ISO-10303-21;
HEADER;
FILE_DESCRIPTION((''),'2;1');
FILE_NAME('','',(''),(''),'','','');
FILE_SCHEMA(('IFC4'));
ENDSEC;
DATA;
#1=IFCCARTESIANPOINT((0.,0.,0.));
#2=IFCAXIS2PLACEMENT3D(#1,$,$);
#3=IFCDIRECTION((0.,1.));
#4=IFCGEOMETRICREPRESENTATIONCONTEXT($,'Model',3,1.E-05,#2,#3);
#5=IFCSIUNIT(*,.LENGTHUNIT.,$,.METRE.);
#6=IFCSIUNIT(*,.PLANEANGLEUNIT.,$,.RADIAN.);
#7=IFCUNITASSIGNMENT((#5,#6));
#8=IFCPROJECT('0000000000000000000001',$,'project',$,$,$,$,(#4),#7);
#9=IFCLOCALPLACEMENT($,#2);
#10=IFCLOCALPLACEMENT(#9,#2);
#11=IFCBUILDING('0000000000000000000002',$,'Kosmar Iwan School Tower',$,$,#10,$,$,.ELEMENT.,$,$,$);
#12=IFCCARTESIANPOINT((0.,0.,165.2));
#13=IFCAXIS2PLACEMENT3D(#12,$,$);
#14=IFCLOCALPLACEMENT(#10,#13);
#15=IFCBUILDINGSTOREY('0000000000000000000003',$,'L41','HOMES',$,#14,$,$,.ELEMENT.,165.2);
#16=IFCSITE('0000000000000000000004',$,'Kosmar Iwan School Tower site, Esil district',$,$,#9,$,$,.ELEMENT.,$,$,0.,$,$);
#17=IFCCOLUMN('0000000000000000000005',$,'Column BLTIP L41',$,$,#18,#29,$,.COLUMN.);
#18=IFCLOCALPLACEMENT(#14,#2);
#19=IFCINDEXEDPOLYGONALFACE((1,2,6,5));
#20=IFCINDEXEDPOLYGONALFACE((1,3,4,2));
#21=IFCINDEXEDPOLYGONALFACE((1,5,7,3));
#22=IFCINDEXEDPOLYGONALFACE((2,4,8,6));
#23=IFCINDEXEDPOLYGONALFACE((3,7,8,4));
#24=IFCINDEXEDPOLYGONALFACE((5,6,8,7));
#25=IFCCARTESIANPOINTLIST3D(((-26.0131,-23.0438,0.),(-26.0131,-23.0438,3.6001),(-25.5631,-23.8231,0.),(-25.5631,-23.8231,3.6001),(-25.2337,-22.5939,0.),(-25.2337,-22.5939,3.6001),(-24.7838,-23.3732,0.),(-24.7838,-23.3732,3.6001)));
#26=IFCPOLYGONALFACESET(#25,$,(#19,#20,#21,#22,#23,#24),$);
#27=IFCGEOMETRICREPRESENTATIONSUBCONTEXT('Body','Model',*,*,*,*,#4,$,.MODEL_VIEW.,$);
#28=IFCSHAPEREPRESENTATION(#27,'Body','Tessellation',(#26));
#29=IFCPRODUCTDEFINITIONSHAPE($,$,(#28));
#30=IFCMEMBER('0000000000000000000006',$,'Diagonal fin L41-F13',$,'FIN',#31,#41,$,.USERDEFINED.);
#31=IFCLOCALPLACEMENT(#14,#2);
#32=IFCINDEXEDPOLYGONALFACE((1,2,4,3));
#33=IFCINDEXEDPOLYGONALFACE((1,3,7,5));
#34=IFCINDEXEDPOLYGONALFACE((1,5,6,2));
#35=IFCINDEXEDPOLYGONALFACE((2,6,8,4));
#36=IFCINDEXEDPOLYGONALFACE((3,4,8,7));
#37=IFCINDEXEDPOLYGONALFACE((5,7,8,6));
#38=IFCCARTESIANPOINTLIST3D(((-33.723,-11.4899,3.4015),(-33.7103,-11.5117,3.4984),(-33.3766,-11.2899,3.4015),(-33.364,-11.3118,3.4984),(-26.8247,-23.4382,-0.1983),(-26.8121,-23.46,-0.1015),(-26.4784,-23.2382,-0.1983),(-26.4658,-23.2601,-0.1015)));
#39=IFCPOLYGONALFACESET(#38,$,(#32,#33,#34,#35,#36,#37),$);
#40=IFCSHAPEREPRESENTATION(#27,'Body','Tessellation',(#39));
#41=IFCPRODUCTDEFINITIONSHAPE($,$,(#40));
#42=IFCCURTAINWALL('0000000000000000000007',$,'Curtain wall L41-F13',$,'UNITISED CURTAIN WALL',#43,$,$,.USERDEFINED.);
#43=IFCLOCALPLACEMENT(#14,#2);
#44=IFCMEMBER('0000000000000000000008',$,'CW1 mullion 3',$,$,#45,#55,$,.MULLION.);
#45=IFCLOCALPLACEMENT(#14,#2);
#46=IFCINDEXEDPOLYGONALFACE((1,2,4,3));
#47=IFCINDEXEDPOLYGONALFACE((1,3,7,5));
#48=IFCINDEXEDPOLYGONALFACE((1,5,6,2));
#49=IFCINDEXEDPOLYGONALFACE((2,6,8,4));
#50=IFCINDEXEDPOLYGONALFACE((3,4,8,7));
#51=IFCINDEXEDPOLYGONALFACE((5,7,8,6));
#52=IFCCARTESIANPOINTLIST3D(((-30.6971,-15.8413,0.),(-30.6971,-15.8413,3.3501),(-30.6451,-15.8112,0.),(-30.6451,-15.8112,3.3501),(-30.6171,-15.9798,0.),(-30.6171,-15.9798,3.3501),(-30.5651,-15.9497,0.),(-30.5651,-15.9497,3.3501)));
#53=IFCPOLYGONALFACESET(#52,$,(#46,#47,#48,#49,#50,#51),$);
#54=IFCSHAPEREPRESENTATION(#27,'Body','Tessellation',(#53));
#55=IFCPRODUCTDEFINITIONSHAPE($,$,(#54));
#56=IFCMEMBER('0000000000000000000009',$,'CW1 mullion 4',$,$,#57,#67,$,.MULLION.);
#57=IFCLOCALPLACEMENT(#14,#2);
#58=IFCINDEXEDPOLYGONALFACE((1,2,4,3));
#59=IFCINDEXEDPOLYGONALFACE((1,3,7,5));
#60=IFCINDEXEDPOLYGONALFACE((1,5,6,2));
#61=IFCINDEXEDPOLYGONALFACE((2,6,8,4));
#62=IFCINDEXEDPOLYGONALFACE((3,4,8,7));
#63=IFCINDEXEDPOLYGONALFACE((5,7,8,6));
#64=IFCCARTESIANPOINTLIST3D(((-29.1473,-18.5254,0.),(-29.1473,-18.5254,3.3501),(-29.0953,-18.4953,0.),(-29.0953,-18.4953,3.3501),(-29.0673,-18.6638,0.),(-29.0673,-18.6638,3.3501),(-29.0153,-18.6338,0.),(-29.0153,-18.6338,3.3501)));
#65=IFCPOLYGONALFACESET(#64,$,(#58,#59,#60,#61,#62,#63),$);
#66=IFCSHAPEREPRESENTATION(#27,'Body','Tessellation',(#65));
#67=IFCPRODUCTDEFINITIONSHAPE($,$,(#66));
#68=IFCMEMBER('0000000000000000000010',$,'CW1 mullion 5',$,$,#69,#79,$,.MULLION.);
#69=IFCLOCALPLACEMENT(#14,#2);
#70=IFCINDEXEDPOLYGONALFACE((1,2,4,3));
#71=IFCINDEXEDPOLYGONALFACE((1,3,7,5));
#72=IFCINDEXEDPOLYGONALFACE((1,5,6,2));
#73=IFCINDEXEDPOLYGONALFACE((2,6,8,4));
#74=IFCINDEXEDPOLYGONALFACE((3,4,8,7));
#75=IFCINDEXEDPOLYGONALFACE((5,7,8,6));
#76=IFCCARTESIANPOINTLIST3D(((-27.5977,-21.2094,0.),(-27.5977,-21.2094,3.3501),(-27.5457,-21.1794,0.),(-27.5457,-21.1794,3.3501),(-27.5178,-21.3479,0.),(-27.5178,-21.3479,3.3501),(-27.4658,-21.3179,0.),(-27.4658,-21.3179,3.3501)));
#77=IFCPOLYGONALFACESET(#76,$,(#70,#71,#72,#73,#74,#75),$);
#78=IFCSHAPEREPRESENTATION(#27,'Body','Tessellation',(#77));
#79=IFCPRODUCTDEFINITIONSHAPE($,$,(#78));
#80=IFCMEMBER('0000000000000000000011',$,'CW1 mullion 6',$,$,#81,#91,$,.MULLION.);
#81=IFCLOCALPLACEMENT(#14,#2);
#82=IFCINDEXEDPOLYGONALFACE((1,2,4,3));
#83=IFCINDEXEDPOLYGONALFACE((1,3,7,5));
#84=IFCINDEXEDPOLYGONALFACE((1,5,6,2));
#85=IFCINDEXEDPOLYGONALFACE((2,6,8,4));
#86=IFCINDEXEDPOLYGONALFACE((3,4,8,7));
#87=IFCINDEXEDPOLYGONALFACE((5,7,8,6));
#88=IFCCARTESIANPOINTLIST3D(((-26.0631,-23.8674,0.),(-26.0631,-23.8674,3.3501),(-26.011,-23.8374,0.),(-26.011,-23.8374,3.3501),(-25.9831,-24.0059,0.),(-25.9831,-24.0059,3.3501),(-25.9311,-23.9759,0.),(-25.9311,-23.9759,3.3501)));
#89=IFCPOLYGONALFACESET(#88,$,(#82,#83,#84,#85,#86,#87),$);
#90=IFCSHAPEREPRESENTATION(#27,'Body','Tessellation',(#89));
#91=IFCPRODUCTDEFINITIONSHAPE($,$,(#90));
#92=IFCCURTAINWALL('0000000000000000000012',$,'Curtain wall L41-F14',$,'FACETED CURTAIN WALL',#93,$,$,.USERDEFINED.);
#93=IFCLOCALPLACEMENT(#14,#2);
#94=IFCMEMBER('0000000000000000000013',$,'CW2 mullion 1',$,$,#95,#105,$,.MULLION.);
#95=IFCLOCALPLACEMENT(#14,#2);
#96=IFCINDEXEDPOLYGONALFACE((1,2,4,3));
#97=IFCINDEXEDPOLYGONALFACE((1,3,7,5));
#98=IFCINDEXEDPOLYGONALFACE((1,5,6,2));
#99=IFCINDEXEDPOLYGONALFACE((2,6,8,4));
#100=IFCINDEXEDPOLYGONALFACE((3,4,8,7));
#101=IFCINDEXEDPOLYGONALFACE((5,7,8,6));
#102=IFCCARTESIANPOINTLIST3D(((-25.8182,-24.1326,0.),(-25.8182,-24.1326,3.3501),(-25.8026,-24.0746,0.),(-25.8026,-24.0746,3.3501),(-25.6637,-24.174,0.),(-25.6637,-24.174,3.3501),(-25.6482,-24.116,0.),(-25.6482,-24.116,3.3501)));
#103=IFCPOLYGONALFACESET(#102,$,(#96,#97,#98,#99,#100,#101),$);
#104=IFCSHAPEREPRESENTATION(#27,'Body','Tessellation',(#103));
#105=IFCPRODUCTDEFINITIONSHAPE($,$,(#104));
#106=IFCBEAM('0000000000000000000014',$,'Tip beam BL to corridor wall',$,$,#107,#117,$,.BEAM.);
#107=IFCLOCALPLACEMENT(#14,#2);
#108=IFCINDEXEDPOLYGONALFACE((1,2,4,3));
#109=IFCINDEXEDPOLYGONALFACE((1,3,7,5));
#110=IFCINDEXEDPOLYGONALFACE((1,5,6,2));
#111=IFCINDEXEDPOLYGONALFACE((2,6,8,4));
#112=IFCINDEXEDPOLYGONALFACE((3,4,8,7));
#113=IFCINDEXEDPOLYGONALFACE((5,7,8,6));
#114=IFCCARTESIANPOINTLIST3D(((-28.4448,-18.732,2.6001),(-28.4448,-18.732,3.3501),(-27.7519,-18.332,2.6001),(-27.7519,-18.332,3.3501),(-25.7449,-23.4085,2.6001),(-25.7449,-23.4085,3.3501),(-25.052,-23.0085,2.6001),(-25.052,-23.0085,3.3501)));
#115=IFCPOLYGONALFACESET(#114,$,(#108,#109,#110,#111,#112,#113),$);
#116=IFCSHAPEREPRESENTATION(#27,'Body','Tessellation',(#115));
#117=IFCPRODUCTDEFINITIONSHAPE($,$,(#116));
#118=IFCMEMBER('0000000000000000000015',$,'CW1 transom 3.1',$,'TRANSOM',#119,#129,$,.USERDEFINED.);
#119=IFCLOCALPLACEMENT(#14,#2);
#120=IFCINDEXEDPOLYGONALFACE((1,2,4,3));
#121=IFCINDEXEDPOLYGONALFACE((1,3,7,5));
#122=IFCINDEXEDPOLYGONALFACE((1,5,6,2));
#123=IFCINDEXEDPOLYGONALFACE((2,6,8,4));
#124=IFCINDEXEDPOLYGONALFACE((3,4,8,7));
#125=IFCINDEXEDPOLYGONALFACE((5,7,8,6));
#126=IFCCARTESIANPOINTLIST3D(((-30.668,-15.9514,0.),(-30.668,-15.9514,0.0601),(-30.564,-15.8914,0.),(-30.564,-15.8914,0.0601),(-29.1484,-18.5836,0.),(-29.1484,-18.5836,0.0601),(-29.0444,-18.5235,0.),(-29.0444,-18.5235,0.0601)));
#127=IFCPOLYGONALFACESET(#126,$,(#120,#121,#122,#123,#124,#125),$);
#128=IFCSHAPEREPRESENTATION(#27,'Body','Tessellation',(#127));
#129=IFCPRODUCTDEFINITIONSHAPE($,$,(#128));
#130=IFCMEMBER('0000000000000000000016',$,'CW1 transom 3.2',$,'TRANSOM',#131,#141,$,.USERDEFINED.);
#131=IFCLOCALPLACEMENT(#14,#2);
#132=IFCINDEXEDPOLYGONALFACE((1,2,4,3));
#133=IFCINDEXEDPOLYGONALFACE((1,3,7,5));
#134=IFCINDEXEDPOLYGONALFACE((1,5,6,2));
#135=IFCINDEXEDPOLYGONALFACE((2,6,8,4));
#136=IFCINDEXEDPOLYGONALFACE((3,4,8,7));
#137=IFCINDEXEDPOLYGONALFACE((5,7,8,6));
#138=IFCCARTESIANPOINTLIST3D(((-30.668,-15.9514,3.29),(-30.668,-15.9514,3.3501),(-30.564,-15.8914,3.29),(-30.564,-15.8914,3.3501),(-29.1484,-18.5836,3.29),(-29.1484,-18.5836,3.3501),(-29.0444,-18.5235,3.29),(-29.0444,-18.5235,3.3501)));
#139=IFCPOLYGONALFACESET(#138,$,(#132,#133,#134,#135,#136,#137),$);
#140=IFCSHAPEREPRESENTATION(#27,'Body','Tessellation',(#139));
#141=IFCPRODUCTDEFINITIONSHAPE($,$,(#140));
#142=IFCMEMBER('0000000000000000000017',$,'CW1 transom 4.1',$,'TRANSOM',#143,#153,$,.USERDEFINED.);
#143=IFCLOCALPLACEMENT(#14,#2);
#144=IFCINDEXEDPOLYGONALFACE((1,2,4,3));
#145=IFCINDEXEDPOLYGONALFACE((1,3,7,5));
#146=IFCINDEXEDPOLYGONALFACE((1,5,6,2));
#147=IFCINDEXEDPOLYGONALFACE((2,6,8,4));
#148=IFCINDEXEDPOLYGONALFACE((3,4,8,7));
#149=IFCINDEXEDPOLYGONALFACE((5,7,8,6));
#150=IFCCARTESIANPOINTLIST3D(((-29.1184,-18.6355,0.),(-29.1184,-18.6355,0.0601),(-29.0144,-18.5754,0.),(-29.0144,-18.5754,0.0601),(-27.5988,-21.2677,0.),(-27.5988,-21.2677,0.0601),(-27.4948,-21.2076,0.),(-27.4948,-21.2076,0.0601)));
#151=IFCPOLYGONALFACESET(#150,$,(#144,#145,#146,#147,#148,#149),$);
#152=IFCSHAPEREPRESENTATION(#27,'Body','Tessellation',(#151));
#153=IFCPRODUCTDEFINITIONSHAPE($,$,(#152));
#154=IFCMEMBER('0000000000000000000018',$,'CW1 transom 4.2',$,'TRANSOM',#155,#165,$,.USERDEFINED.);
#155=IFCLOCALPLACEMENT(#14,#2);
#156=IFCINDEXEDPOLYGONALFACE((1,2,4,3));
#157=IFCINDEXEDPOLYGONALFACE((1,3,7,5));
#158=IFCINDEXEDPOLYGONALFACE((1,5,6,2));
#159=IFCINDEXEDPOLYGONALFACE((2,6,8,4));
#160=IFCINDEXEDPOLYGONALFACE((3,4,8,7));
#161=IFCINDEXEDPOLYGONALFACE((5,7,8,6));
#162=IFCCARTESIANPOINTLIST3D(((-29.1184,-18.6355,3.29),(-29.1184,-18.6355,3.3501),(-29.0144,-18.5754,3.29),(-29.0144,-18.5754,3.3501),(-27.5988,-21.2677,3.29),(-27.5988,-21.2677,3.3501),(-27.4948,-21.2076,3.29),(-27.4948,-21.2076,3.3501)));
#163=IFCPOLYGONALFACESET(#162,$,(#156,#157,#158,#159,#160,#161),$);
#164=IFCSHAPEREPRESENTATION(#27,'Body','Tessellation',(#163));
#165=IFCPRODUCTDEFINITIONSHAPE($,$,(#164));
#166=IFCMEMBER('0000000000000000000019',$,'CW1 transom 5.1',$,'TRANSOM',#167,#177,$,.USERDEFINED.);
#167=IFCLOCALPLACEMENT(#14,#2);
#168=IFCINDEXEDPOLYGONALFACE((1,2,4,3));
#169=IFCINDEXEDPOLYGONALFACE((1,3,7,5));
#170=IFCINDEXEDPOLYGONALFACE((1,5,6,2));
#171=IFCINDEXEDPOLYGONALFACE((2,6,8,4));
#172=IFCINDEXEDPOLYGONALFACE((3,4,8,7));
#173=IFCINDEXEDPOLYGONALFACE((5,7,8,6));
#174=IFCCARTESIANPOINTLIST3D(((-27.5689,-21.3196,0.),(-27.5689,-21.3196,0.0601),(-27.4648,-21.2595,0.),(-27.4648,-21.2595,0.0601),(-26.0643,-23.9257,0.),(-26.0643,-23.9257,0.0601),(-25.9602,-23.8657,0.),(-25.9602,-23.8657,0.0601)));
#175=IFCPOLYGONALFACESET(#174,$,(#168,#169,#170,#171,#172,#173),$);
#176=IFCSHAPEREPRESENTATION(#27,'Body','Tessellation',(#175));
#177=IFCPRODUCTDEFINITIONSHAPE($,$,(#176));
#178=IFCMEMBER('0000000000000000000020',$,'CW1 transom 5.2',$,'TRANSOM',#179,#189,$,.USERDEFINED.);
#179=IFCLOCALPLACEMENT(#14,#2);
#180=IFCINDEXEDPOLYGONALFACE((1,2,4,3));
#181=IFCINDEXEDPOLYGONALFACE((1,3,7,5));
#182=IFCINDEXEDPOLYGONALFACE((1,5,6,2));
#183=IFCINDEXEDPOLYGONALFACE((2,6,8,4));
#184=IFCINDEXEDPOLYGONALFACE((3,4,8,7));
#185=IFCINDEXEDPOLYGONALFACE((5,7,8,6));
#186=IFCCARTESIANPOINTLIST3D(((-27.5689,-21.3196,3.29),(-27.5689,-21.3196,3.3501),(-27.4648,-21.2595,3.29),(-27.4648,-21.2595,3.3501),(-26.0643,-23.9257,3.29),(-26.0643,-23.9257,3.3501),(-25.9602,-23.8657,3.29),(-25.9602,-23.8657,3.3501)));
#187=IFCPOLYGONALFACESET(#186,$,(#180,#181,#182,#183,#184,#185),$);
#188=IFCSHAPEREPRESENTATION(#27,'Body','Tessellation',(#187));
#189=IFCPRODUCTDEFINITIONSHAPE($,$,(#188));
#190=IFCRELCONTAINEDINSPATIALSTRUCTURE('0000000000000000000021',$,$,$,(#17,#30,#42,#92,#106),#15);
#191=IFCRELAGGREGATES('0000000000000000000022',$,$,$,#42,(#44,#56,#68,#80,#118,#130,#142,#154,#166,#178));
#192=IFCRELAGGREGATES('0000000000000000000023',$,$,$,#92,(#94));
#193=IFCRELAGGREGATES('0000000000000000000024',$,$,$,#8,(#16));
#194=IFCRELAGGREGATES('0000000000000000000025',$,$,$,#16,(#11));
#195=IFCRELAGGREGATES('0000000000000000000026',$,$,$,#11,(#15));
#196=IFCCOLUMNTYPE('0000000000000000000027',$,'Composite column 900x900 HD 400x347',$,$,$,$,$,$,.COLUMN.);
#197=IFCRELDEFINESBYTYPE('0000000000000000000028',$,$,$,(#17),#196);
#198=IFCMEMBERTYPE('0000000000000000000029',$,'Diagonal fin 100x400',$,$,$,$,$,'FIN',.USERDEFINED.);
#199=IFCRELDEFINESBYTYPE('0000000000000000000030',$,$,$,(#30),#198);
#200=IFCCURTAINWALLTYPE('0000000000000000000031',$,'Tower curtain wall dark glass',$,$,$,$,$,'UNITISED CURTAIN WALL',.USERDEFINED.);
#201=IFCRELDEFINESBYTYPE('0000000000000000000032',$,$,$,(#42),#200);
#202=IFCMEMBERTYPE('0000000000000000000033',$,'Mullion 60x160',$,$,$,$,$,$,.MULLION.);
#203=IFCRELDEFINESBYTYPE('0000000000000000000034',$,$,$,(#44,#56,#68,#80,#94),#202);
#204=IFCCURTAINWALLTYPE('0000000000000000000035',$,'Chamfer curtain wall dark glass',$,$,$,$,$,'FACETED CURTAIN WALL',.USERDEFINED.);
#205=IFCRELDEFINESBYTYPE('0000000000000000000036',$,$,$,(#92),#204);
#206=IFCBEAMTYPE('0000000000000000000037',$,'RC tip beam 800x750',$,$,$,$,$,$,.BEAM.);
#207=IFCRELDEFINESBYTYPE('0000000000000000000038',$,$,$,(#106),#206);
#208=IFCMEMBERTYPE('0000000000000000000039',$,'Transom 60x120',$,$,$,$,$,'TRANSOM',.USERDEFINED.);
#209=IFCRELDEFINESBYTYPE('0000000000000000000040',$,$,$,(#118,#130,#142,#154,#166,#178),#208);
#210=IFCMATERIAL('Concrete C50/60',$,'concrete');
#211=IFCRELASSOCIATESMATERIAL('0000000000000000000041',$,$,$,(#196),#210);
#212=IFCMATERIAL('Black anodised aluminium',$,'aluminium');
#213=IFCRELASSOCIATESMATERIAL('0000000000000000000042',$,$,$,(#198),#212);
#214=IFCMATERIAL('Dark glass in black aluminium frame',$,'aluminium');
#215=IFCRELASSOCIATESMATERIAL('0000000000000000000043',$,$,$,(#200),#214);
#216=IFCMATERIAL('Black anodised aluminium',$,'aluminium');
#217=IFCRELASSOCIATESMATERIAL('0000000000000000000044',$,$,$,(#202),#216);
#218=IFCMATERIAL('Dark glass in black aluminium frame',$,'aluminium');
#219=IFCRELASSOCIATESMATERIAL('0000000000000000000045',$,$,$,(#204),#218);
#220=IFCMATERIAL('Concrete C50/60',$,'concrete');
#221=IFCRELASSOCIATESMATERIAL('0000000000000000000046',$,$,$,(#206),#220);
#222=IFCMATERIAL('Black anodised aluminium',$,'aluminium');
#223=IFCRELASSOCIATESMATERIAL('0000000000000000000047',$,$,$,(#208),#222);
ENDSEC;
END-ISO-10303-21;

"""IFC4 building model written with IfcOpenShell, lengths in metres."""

from ifc_helpers import new_model, si_unit, direction, frame, origin, origin_2d, place, context, subcontext, project, spatial, rectangle, extrude, material, material_profile, profile_set, type_object, element, aggregate, save


model = new_model("IFC4")

# Units and contexts
model_context = context("Model", 3, precision=1e-05, world=origin(), true_north=direction((0.0, 1.0)))
body_context = subcontext(model_context, "Body", "Model", "MODEL_VIEW")
ifc_project = project(units=[si_unit("LENGTHUNIT", "METRE"), si_unit("PLANEANGLEUNIT", "RADIAN")], contexts=[model_context])

# Site, building, storey
site_placement = place(None, origin())
site = spatial("IfcSite", under=ifc_project, at=site_placement, Name="Kosmar Iwan School Tower site, Esil district", CompositionType="ELEMENT", RefElevation=0.0)
building_placement = place(site_placement, origin())
building = spatial("IfcBuilding", under=site, at=building_placement, Name="Kosmar Iwan School Tower", CompositionType="ELEMENT")
storey_placement = place(building_placement, frame((0.0, 0.0, 165.2)))
storey = spatial("IfcBuildingStorey", under=building, at=storey_placement, Name="L41", Description="HOMES", CompositionType="ELEMENT", Elevation=165.2)

# Column
ifc_material_1 = material(Name="Concrete C50/60", Category="concrete")
ifc_material_profile_1 = material_profile(ifc_material_1, rectangle(XDim=0.8999, YDim=0.8999, at=origin_2d()), Name="RC 900x900 + HD 400x347")
ifc_profile_set_1 = profile_set([ifc_material_profile_1], Name="Concrete C50/60")
column_type = type_object("IfcColumnType", Name="Composite column 900x900 HD 400x347", PredefinedType="COLUMN", material=ifc_profile_set_1)
column_placement = place(storey_placement, frame((-25.3984, -23.2085, 0.0), z_axis=(0.0, 0.0, 1.0), x_axis=(-0.866025, -0.5, 0.0)))
element("IfcColumn", 1, at=column_placement, inside=storey, type_object=column_type, Name="Column BLTIP L41", PredefinedType="COLUMN", context=body_context, shape_type="SweptSolid", body=[
    extrude(rectangle(XDim=0.8999, YDim=0.8999, at=origin_2d()), origin(), (0.0, 0.0, 1.0), 3.6001),
])

# Member
ifc_material_2 = material(Name="Black anodised aluminium", Category="aluminium")
ifc_material_profile_2 = material_profile(ifc_material_2, rectangle(XDim=0.1001, YDim=0.3999, at=origin_2d()), Name="FIN 100x400")
ifc_profile_set_2 = profile_set([ifc_material_profile_2], Name="Black anodised aluminium")
member_type_1 = type_object("IfcMemberType", Name="Diagonal fin 100x400", ElementType="FIN", PredefinedType="USERDEFINED", material=ifc_profile_set_2)
member_1_placement = place(storey_placement, frame((-26.6453, -23.3491, -0.1499), z_axis=(-0.483796, 0.837974, 0.252471), x_axis=(0.126234, -0.218647, 0.967604)))
element("IfcMember", 2, at=member_1_placement, inside=storey, type_object=member_type_1, Name="Diagonal fin L41-F13", ObjectType="FIN", PredefinedType="USERDEFINED", context=body_context, shape_type="SweptSolid", body=[
    extrude(rectangle(XDim=0.1001, YDim=0.3999, at=origin_2d()), origin(), (0.0, 0.0, 1.0), 14.2585),
])

# Curtain wall, members
ifc_material_3 = material(Name="Dark glass in black aluminium frame", Category="aluminium")
curtain_wall_type_1 = type_object("IfcCurtainWallType", Name="Tower curtain wall dark glass", ElementType="UNITISED CURTAIN WALL", PredefinedType="USERDEFINED", material=ifc_material_3)
curtain_wall_1_placement = place(storey_placement, origin())
curtain_wall_1 = element("IfcCurtainWall", 3, at=curtain_wall_1_placement, inside=storey, type_object=curtain_wall_type_1, Name="Curtain wall L41-F13", ObjectType="UNITISED CURTAIN WALL", PredefinedType="USERDEFINED")
ifc_material_4 = material(Name="Black anodised aluminium", Category="aluminium")
ifc_material_profile_3 = material_profile(ifc_material_4, rectangle(XDim=0.0601, YDim=0.1599, at=origin_2d()), Name="MULLION 60x160")
ifc_profile_set_3 = profile_set([ifc_material_profile_3], Name="Black anodised aluminium")
member_type_2 = type_object("IfcMemberType", Name="Mullion 60x160", PredefinedType="MULLION", material=ifc_profile_set_3)
member_2_placement = place(storey_placement, frame((-30.6311, -15.8955, 0.0), z_axis=(0.0, 0.0, 1.0), x_axis=(0.866025, 0.5, 0.0)))
member_2 = element("IfcMember", 4, at=member_2_placement, type_object=member_type_2, Name="CW1 mullion 3", PredefinedType="MULLION", context=body_context, shape_type="SweptSolid", body=[
    extrude(rectangle(XDim=0.0601, YDim=0.1599, at=origin_2d()), origin(), (0.0, 0.0, 1.0), 3.3501),
])
member_3_placement = place(storey_placement, frame((-29.0813, -18.5796, 0.0), z_axis=(0.0, 0.0, 1.0), x_axis=(0.866025, 0.5, 0.0)))
member_3 = element("IfcMember", 5, at=member_3_placement, type_object=member_type_2, Name="CW1 mullion 4", PredefinedType="MULLION", context=body_context, shape_type="SweptSolid", body=[
    extrude(rectangle(XDim=0.0601, YDim=0.1599, at=origin_2d()), origin(), (0.0, 0.0, 1.0), 3.3501),
])
member_4_placement = place(storey_placement, frame((-27.5317, -21.2637, 0.0), z_axis=(0.0, 0.0, 1.0), x_axis=(0.866025, 0.5, 0.0)))
member_4 = element("IfcMember", 6, at=member_4_placement, type_object=member_type_2, Name="CW1 mullion 5", PredefinedType="MULLION", context=body_context, shape_type="SweptSolid", body=[
    extrude(rectangle(XDim=0.0601, YDim=0.1599, at=origin_2d()), origin(), (0.0, 0.0, 1.0), 3.3501),
])
member_5_placement = place(storey_placement, frame((-25.9971, -23.9216, 0.0), z_axis=(0.0, 0.0, 1.0), x_axis=(0.866025, 0.5, 0.0)))
member_5 = element("IfcMember", 7, at=member_5_placement, type_object=member_type_2, Name="CW1 mullion 6", PredefinedType="MULLION", context=body_context, shape_type="SweptSolid", body=[
    extrude(rectangle(XDim=0.0601, YDim=0.1599, at=origin_2d()), origin(), (0.0, 0.0, 1.0), 3.3501),
])

# Curtain wall, member
ifc_material_5 = material(Name="Dark glass in black aluminium frame", Category="aluminium")
curtain_wall_type_2 = type_object("IfcCurtainWallType", Name="Chamfer curtain wall dark glass", ElementType="FACETED CURTAIN WALL", PredefinedType="USERDEFINED", material=ifc_material_5)
curtain_wall_2_placement = place(storey_placement, origin())
curtain_wall_2 = element("IfcCurtainWall", 8, at=curtain_wall_2_placement, inside=storey, type_object=curtain_wall_type_2, Name="Curtain wall L41-F14", ObjectType="FACETED CURTAIN WALL", PredefinedType="USERDEFINED")
member_6_placement = place(storey_placement, frame((-25.7332, -24.1243, 0.0), z_axis=(0.0, 0.0, 1.0), x_axis=(0.258819, 0.965926, 0.0)))
member_6 = element("IfcMember", 9, at=member_6_placement, type_object=member_type_2, Name="CW2 mullion 1", PredefinedType="MULLION", context=body_context, shape_type="SweptSolid", body=[
    extrude(rectangle(XDim=0.0601, YDim=0.1599, at=origin_2d()), origin(), (0.0, 0.0, 1.0), 3.3501),
])

# Beam
ifc_material_6 = material(Name="Concrete C50/60", Category="concrete")
ifc_material_profile_4 = material_profile(ifc_material_6, rectangle(XDim=0.8, YDim=0.75, at=origin_2d()), Name="RC 800x750")
ifc_profile_set_4 = profile_set([ifc_material_profile_4], Name="Concrete C50/60")
beam_type = type_object("IfcBeamType", Name="RC tip beam 800x750", PredefinedType="BEAM", material=ifc_profile_set_4)
beam_placement = place(storey_placement, frame((-25.3984, -23.2085, 2.9751), z_axis=(-0.499995, 0.866028, 0.0), x_axis=(-0.866028, -0.499995, 0.0)))
element("IfcBeam", 10, at=beam_placement, inside=storey, type_object=beam_type, Name="Tip beam BL to corridor wall", PredefinedType="BEAM", context=body_context, shape_type="SweptSolid", body=[
    extrude(rectangle(XDim=0.8, YDim=0.75, at=origin_2d()), origin(), (0.0, 0.0, 1.0), 5.3999),
])

# Members
ifc_material_7 = material(Name="Black anodised aluminium", Category="aluminium")
ifc_material_profile_5 = material_profile(ifc_material_7, rectangle(XDim=0.1201, YDim=0.0601, at=origin_2d()), Name="TRANSOM 60x120")
ifc_profile_set_5 = profile_set([ifc_material_profile_5], Name="Black anodised aluminium")
member_type_3 = type_object("IfcMemberType", Name="Transom 60x120", ElementType="TRANSOM", PredefinedType="USERDEFINED", material=ifc_profile_set_5)
member_7_placement = place(storey_placement, frame((-30.616, -15.9214, 0.03), z_axis=(0.499975, -0.86604, 0.0), x_axis=(0.86604, 0.499975, 0.0)))
member_7 = element("IfcMember", 11, at=member_7_placement, type_object=member_type_3, Name="CW1 transom 3.1", ObjectType="TRANSOM", PredefinedType="USERDEFINED", context=body_context, shape_type="SweptSolid", body=[
    extrude(rectangle(XDim=0.1201, YDim=0.0601, at=origin_2d()), origin(), (0.0, 0.0, 1.0), 3.0393),
])
member_8_placement = place(storey_placement, frame((-30.616, -15.9214, 3.3201), z_axis=(0.499975, -0.86604, 0.0), x_axis=(0.86604, 0.499975, 0.0)))
member_8 = element("IfcMember", 12, at=member_8_placement, type_object=member_type_3, Name="CW1 transom 3.2", ObjectType="TRANSOM", PredefinedType="USERDEFINED", context=body_context, shape_type="SweptSolid", body=[
    extrude(rectangle(XDim=0.1201, YDim=0.0601, at=origin_2d()), origin(), (0.0, 0.0, 1.0), 3.0393),
])
member_9_placement = place(storey_placement, frame((-29.0664, -18.6055, 0.03), z_axis=(0.499975, -0.86604, 0.0), x_axis=(0.86604, 0.499975, 0.0)))
member_9 = element("IfcMember", 13, at=member_9_placement, type_object=member_type_3, Name="CW1 transom 4.1", ObjectType="TRANSOM", PredefinedType="USERDEFINED", context=body_context, shape_type="SweptSolid", body=[
    extrude(rectangle(XDim=0.1201, YDim=0.0601, at=origin_2d()), origin(), (0.0, 0.0, 1.0), 3.0393),
])
member_10_placement = place(storey_placement, frame((-29.0664, -18.6055, 3.3201), z_axis=(0.499975, -0.86604, 0.0), x_axis=(0.86604, 0.499975, 0.0)))
member_10 = element("IfcMember", 14, at=member_10_placement, type_object=member_type_3, Name="CW1 transom 4.2", ObjectType="TRANSOM", PredefinedType="USERDEFINED", context=body_context, shape_type="SweptSolid", body=[
    extrude(rectangle(XDim=0.1201, YDim=0.0601, at=origin_2d()), origin(), (0.0, 0.0, 1.0), 3.0393),
])
member_11_placement = place(storey_placement, frame((-27.5168, -21.2896, 0.03), z_axis=(0.499987, -0.866033, 0.0), x_axis=(0.866033, 0.499987, 0.0)))
member_11 = element("IfcMember", 15, at=member_11_placement, type_object=member_type_3, Name="CW1 transom 5.1", ObjectType="TRANSOM", PredefinedType="USERDEFINED", context=body_context, shape_type="SweptSolid", body=[
    extrude(rectangle(XDim=0.1201, YDim=0.0601, at=origin_2d()), origin(), (0.0, 0.0, 1.0), 3.0093),
])
member_12_placement = place(storey_placement, frame((-27.5168, -21.2896, 3.3201), z_axis=(0.499987, -0.866033, 0.0), x_axis=(0.866033, 0.499987, 0.0)))
member_12 = element("IfcMember", 16, at=member_12_placement, type_object=member_type_3, Name="CW1 transom 5.2", ObjectType="TRANSOM", PredefinedType="USERDEFINED", context=body_context, shape_type="SweptSolid", body=[
    extrude(rectangle(XDim=0.1201, YDim=0.0601, at=origin_2d()), origin(), (0.0, 0.0, 1.0), 3.0093),
])

aggregate(curtain_wall_1, [member_2, member_3, member_4, member_5, member_7, member_8, member_9, member_10, member_11, member_12])
aggregate(curtain_wall_2, [member_6])

save(model, "model.ifc")
